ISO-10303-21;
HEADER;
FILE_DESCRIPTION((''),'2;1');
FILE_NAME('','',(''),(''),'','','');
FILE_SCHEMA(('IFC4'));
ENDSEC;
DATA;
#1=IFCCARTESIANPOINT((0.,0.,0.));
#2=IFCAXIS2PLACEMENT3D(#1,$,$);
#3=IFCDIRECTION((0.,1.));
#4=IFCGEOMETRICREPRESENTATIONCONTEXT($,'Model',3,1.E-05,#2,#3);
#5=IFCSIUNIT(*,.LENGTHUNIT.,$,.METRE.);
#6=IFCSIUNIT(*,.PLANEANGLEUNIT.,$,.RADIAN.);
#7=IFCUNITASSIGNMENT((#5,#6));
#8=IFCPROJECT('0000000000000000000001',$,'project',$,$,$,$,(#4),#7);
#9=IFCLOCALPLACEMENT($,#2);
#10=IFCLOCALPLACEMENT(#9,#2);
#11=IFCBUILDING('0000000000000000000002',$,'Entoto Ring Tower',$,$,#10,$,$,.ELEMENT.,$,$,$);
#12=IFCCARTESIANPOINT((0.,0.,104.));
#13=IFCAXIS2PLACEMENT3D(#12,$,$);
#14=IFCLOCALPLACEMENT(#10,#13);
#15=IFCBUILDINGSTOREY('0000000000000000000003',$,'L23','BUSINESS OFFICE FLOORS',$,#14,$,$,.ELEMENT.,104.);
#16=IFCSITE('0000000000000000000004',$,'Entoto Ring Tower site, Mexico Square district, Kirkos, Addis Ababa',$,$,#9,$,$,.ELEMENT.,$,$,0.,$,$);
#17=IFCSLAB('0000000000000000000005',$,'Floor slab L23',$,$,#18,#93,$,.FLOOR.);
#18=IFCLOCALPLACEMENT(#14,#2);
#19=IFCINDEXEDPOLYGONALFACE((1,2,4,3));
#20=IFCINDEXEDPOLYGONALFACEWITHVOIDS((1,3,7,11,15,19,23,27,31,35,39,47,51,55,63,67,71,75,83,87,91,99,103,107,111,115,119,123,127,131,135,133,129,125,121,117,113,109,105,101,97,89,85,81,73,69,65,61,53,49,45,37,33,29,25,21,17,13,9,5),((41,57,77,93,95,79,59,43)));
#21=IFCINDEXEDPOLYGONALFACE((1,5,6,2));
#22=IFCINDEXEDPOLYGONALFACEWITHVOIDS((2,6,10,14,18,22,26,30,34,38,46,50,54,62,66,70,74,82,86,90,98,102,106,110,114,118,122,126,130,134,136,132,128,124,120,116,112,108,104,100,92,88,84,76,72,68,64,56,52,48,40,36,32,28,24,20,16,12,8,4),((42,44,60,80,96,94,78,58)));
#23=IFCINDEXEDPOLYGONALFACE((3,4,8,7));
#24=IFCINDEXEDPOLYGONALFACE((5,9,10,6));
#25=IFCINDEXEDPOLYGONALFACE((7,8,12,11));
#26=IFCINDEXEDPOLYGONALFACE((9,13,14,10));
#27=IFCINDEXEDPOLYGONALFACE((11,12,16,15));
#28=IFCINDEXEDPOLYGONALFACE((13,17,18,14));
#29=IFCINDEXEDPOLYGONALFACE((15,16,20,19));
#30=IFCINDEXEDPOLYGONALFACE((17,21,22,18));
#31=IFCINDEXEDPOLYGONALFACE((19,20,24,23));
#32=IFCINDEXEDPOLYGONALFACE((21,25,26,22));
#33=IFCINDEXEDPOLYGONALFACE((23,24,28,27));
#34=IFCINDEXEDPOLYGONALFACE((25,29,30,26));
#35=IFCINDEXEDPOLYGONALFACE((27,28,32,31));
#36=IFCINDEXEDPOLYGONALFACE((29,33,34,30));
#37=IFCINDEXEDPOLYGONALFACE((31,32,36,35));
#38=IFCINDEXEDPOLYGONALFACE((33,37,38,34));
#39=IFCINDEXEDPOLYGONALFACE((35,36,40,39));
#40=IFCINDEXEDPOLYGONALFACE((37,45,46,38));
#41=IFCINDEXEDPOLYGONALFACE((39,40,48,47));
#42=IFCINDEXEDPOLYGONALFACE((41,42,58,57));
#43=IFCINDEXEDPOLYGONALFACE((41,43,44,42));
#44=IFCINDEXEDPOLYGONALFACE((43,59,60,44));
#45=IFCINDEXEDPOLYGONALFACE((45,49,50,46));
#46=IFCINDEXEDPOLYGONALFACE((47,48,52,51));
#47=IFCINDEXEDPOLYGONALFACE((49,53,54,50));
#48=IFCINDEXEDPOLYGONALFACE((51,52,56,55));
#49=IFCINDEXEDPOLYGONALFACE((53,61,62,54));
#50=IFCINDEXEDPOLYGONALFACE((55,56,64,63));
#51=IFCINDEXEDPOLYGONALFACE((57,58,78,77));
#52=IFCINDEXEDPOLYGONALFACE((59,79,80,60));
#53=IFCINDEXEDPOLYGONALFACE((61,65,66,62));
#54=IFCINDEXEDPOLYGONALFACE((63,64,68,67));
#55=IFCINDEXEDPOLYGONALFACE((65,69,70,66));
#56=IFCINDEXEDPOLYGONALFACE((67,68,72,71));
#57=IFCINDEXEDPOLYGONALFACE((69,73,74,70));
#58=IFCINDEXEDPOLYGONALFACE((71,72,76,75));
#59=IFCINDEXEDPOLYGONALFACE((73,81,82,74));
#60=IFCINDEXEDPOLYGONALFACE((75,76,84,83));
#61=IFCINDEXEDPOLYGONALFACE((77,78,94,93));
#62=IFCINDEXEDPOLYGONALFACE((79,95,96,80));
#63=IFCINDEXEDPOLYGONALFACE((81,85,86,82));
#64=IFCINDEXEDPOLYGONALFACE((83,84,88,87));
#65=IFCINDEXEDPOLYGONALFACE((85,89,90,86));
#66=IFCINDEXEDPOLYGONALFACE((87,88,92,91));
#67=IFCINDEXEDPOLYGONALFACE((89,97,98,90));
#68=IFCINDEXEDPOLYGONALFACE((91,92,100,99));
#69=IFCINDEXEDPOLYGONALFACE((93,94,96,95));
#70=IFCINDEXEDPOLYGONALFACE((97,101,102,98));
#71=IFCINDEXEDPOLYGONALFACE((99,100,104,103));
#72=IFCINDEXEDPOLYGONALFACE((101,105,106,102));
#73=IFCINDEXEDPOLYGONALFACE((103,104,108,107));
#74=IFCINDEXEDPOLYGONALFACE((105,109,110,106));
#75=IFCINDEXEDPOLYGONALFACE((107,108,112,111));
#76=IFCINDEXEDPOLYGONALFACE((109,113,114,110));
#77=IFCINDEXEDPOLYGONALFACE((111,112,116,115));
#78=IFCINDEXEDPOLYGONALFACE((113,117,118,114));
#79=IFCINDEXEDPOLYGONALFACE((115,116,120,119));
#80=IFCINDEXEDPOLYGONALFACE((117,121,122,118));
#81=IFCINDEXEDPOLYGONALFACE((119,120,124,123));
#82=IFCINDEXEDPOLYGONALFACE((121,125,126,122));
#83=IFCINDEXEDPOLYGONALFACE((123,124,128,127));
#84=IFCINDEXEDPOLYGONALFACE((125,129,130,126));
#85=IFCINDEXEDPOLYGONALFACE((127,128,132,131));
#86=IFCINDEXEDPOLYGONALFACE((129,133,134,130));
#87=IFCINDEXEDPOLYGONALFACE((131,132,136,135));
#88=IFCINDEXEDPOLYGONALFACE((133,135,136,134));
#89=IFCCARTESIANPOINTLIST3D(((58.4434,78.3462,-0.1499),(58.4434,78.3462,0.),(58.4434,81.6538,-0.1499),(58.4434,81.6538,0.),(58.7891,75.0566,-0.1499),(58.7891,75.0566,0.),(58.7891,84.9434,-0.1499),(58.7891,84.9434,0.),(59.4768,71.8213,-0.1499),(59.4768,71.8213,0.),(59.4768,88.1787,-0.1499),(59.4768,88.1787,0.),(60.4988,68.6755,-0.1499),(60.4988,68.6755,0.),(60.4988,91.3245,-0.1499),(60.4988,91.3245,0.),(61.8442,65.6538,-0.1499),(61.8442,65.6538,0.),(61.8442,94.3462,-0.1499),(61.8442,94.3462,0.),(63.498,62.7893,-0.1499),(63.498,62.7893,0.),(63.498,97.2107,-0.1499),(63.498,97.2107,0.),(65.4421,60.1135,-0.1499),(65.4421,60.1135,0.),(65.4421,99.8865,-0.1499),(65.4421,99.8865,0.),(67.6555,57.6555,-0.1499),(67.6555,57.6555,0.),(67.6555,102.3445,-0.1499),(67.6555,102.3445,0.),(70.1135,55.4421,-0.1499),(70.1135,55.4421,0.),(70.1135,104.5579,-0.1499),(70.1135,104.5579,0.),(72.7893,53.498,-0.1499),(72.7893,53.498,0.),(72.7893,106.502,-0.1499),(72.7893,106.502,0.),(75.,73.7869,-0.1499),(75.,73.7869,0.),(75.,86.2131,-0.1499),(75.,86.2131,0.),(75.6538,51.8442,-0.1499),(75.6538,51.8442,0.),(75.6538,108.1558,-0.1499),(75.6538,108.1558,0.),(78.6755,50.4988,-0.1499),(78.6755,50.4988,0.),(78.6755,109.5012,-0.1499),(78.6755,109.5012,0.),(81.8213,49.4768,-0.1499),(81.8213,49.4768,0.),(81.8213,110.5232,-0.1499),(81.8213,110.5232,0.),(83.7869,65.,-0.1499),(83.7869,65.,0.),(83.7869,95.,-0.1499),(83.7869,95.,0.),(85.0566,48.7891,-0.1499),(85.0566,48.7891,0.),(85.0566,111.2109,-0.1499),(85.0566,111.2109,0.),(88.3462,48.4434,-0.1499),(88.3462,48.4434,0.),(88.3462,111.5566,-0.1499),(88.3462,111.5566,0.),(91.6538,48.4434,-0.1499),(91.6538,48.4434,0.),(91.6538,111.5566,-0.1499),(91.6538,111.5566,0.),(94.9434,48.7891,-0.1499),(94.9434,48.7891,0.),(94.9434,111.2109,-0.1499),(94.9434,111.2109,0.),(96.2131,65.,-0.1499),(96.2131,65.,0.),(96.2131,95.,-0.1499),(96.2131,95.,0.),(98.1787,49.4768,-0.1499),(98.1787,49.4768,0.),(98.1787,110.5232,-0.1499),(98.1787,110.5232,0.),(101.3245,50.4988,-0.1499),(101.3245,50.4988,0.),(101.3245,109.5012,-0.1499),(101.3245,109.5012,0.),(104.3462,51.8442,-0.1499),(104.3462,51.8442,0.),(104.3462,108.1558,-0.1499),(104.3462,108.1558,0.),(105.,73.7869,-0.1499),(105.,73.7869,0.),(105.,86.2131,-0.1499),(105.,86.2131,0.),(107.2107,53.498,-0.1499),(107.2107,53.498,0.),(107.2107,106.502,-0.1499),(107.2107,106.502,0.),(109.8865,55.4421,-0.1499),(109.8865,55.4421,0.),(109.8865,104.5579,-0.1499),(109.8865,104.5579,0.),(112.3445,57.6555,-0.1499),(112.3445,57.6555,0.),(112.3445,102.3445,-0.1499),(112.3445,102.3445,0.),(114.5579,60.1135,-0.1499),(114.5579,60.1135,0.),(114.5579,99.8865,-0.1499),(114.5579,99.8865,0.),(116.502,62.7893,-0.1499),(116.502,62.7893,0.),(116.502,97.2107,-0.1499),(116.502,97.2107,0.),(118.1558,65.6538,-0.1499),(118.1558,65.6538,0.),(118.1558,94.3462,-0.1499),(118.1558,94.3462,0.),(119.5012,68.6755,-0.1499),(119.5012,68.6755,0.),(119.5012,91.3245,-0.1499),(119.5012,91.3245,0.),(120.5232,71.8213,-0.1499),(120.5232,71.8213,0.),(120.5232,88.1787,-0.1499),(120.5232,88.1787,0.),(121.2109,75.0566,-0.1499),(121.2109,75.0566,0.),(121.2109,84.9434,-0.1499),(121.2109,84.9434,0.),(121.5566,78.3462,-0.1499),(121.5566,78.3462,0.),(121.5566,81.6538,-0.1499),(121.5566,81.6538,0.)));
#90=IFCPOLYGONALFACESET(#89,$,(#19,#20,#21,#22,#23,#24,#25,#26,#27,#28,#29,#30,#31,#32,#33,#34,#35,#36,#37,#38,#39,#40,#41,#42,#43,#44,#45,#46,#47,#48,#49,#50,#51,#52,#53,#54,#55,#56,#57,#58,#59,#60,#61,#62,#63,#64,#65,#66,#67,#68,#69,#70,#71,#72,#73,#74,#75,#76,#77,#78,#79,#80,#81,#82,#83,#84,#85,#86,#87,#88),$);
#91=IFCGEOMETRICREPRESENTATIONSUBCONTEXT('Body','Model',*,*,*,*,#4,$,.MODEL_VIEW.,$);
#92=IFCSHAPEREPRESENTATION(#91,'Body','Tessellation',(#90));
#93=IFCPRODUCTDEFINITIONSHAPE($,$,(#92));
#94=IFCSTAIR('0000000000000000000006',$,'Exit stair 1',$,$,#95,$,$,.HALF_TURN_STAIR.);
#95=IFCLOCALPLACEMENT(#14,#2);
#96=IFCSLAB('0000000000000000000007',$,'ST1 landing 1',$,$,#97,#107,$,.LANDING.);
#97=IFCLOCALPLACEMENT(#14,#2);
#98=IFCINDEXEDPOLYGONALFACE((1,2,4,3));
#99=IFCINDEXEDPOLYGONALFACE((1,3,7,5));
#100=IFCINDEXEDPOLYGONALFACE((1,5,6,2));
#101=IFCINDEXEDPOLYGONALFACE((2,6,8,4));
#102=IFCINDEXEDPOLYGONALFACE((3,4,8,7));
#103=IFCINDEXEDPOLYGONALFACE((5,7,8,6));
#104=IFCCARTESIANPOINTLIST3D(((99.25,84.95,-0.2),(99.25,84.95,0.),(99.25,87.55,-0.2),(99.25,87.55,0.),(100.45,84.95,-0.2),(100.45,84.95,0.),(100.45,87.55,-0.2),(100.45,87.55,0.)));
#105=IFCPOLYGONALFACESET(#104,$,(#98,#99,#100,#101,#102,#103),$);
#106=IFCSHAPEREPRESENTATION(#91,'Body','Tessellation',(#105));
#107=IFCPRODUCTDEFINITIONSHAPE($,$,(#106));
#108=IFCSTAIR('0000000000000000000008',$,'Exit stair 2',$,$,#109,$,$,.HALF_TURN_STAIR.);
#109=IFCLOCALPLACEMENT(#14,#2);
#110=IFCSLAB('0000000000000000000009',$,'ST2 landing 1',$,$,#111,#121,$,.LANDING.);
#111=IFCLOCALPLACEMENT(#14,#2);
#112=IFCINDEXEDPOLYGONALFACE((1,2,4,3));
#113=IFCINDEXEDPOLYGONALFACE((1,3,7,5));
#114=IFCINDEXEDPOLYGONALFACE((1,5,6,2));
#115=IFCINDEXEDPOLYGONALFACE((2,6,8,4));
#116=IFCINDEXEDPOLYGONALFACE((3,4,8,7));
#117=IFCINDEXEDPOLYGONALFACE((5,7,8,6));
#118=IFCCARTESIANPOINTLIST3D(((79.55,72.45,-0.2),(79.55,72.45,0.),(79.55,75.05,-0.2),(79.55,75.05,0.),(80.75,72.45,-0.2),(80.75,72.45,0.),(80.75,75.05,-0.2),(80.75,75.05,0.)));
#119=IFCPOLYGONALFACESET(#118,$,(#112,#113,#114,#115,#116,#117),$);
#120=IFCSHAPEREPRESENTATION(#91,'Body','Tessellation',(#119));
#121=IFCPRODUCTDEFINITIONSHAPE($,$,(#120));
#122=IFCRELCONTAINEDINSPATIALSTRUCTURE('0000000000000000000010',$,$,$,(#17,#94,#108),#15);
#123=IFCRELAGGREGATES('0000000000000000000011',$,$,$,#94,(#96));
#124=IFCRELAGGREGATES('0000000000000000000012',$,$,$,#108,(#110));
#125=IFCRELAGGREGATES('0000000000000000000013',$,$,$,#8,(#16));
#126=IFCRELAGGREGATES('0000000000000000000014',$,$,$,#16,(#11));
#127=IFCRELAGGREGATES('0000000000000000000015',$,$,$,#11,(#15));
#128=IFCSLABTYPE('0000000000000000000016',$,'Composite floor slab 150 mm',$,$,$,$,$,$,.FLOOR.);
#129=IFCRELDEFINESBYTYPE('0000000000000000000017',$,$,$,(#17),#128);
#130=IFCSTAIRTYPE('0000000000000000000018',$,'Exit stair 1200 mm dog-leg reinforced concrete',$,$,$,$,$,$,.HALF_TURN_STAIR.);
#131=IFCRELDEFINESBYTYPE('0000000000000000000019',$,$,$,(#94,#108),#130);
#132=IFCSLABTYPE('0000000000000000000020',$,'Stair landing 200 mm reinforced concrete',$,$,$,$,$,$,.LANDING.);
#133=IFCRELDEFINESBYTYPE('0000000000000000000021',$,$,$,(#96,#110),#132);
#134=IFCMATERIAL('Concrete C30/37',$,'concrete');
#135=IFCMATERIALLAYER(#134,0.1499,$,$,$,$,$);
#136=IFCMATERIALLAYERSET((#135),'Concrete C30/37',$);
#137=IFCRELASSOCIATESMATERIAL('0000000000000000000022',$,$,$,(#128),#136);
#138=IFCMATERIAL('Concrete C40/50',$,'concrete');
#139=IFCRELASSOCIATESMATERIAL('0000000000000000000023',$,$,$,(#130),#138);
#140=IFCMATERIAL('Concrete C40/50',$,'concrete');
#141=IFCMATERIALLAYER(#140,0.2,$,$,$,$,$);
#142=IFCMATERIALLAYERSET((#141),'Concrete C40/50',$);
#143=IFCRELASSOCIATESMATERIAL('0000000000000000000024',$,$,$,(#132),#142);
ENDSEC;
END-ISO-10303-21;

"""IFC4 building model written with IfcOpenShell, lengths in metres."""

from ifc_helpers import new_model, si_unit, direction, frame, origin, place, context, subcontext, project, spatial, polyline, outline, extrude, material, layer, layer_set, type_object, element, aggregate, save


model = new_model("IFC4")

# Units and contexts
model_context = context("Model", 3, precision=1e-05, world=origin(), true_north=direction((0.0, 1.0)))
body_context = subcontext(model_context, "Body", "Model", "MODEL_VIEW")
ifc_project = project(units=[si_unit("LENGTHUNIT", "METRE"), si_unit("PLANEANGLEUNIT", "RADIAN")], contexts=[model_context])

# Site, building, storey
site_placement = place(None, origin())
building_placement = place(site_placement, origin())
storey_placement = place(building_placement, frame((0.0, 0.0, 104.0)))
site = spatial("IfcSite", under=ifc_project, at=site_placement, Name="Entoto Ring Tower site, Mexico Square district, Kirkos, Addis Ababa", CompositionType="ELEMENT", RefElevation=0.0)
building = spatial("IfcBuilding", under=site, at=building_placement, Name="Entoto Ring Tower", CompositionType="ELEMENT")
storey = spatial("IfcBuildingStorey", under=building, at=storey_placement, Name="L23", Description="BUSINESS OFFICE FLOORS", CompositionType="ELEMENT", Elevation=104.0)

# Slab
ifc_material_1 = material(Name="Concrete C30/37", Category="concrete")
ifc_layer_1 = layer(ifc_material_1, 0.1499)
ifc_layer_set_1 = layer_set([ifc_layer_1], Name="Concrete C30/37")
slab_type_1 = type_object("IfcSlabType", Name="Composite floor slab 150 mm", PredefinedType="FLOOR", material=ifc_layer_set_1)
slab_1_placement = place(storey_placement, frame((0.0, 0.0, -0.1499)))
element("IfcSlab", 1, at=slab_1_placement, inside=storey, type_object=slab_type_1, Name="Floor slab L23", PredefinedType="FLOOR", context=body_context, shape_type="SweptSolid", body=[
    extrude(outline(polyline([(121.2109, 84.9434), (120.5232, 88.1787), (119.5012, 91.3245), (118.1558, 94.3462), (116.502, 97.2107), (114.5579, 99.8865), (112.3445, 102.3445), (109.8865, 104.5579), (107.2107, 106.502), (104.3462, 108.1558), (101.3245, 109.5012), (98.1787, 110.5232), (94.9434, 111.2109), (91.6538, 111.5566), (88.3462, 111.5566), (85.0566, 111.2109), (81.8213, 110.5232), (78.6755, 109.5012), (75.6538, 108.1558), (72.7893, 106.502), (70.1135, 104.5579), (67.6555, 102.3445), (65.4421, 99.8865), (63.498, 97.2107), (61.8442, 94.3462), (60.4988, 91.3245), (59.4768, 88.1787), (58.7891, 84.9434), (58.4434, 81.6538), (58.4434, 78.3462), (58.7891, 75.0566), (59.4768, 71.8213), (60.4988, 68.6755), (61.8442, 65.6538), (63.498, 62.7893), (65.4421, 60.1135), (67.6555, 57.6555), (70.1135, 55.4421), (72.7893, 53.498), (75.6538, 51.8442), (78.6755, 50.4988), (81.8213, 49.4768), (85.0566, 48.7891), (88.3462, 48.4434), (91.6538, 48.4434), (94.9434, 48.7891), (98.1787, 49.4768), (101.3245, 50.4988), (104.3462, 51.8442), (107.2107, 53.498), (109.8865, 55.4421), (112.3445, 57.6555), (114.5579, 60.1135), (116.502, 62.7893), (118.1558, 65.6538), (119.5012, 68.6755), (120.5232, 71.8213), (121.2109, 75.0566), (121.5566, 78.3462), (121.5566, 81.6538), (121.2109, 84.9434)]), holes=[polyline([(105.0, 73.7869), (105.0, 86.2131), (96.2131, 95.0), (83.7869, 95.0), (75.0, 86.2131), (75.0, 73.7869), (83.7869, 65.0), (96.2131, 65.0), (105.0, 73.7869)])]), origin(), (0.0, 0.0, 1.0), 0.1499),
])

# Stairs, slabs
ifc_material_2 = material(Name="Concrete C40/50", Category="concrete")
stair_type = type_object("IfcStairType", Name="Exit stair 1200 mm dog-leg reinforced concrete", PredefinedType="HALF_TURN_STAIR", material=ifc_material_2)
stair_1_placement = place(storey_placement, origin())
stair_1 = element("IfcStair", 2, at=stair_1_placement, inside=storey, type_object=stair_type, Name="Exit stair 1", PredefinedType="HALF_TURN_STAIR")
ifc_material_3 = material(Name="Concrete C40/50", Category="concrete")
ifc_layer_2 = layer(ifc_material_3, 0.2)
ifc_layer_set_2 = layer_set([ifc_layer_2], Name="Concrete C40/50")
slab_type_2 = type_object("IfcSlabType", Name="Stair landing 200 mm reinforced concrete", PredefinedType="LANDING", material=ifc_layer_set_2)
slab_2_placement = place(storey_placement, frame((0.0, 0.0, -0.2)))
slab_2 = element("IfcSlab", 3, at=slab_2_placement, type_object=slab_type_2, Name="ST1 landing 1", PredefinedType="LANDING", context=body_context, shape_type="SweptSolid", body=[
    extrude(outline(polyline([(100.45, 84.95), (100.45, 87.55), (99.25, 87.55), (99.25, 84.95), (100.45, 84.95)])), origin(), (0.0, 0.0, 1.0), 0.2),
])
aggregate(stair_1, [slab_2])
stair_2_placement = place(storey_placement, origin())
stair_2 = element("IfcStair", 4, at=stair_2_placement, inside=storey, type_object=stair_type, Name="Exit stair 2", PredefinedType="HALF_TURN_STAIR")
slab_3_placement = place(storey_placement, frame((0.0, 0.0, -0.2)))
slab_3 = element("IfcSlab", 5, at=slab_3_placement, type_object=slab_type_2, Name="ST2 landing 1", PredefinedType="LANDING", context=body_context, shape_type="SweptSolid", body=[
    extrude(outline(polyline([(80.75, 72.45), (80.75, 75.05), (79.55, 75.05), (79.55, 72.45), (80.75, 72.45)])), origin(), (0.0, 0.0, 1.0), 0.2),
])
aggregate(stair_2, [slab_3])

save(model, "model.ifc")
